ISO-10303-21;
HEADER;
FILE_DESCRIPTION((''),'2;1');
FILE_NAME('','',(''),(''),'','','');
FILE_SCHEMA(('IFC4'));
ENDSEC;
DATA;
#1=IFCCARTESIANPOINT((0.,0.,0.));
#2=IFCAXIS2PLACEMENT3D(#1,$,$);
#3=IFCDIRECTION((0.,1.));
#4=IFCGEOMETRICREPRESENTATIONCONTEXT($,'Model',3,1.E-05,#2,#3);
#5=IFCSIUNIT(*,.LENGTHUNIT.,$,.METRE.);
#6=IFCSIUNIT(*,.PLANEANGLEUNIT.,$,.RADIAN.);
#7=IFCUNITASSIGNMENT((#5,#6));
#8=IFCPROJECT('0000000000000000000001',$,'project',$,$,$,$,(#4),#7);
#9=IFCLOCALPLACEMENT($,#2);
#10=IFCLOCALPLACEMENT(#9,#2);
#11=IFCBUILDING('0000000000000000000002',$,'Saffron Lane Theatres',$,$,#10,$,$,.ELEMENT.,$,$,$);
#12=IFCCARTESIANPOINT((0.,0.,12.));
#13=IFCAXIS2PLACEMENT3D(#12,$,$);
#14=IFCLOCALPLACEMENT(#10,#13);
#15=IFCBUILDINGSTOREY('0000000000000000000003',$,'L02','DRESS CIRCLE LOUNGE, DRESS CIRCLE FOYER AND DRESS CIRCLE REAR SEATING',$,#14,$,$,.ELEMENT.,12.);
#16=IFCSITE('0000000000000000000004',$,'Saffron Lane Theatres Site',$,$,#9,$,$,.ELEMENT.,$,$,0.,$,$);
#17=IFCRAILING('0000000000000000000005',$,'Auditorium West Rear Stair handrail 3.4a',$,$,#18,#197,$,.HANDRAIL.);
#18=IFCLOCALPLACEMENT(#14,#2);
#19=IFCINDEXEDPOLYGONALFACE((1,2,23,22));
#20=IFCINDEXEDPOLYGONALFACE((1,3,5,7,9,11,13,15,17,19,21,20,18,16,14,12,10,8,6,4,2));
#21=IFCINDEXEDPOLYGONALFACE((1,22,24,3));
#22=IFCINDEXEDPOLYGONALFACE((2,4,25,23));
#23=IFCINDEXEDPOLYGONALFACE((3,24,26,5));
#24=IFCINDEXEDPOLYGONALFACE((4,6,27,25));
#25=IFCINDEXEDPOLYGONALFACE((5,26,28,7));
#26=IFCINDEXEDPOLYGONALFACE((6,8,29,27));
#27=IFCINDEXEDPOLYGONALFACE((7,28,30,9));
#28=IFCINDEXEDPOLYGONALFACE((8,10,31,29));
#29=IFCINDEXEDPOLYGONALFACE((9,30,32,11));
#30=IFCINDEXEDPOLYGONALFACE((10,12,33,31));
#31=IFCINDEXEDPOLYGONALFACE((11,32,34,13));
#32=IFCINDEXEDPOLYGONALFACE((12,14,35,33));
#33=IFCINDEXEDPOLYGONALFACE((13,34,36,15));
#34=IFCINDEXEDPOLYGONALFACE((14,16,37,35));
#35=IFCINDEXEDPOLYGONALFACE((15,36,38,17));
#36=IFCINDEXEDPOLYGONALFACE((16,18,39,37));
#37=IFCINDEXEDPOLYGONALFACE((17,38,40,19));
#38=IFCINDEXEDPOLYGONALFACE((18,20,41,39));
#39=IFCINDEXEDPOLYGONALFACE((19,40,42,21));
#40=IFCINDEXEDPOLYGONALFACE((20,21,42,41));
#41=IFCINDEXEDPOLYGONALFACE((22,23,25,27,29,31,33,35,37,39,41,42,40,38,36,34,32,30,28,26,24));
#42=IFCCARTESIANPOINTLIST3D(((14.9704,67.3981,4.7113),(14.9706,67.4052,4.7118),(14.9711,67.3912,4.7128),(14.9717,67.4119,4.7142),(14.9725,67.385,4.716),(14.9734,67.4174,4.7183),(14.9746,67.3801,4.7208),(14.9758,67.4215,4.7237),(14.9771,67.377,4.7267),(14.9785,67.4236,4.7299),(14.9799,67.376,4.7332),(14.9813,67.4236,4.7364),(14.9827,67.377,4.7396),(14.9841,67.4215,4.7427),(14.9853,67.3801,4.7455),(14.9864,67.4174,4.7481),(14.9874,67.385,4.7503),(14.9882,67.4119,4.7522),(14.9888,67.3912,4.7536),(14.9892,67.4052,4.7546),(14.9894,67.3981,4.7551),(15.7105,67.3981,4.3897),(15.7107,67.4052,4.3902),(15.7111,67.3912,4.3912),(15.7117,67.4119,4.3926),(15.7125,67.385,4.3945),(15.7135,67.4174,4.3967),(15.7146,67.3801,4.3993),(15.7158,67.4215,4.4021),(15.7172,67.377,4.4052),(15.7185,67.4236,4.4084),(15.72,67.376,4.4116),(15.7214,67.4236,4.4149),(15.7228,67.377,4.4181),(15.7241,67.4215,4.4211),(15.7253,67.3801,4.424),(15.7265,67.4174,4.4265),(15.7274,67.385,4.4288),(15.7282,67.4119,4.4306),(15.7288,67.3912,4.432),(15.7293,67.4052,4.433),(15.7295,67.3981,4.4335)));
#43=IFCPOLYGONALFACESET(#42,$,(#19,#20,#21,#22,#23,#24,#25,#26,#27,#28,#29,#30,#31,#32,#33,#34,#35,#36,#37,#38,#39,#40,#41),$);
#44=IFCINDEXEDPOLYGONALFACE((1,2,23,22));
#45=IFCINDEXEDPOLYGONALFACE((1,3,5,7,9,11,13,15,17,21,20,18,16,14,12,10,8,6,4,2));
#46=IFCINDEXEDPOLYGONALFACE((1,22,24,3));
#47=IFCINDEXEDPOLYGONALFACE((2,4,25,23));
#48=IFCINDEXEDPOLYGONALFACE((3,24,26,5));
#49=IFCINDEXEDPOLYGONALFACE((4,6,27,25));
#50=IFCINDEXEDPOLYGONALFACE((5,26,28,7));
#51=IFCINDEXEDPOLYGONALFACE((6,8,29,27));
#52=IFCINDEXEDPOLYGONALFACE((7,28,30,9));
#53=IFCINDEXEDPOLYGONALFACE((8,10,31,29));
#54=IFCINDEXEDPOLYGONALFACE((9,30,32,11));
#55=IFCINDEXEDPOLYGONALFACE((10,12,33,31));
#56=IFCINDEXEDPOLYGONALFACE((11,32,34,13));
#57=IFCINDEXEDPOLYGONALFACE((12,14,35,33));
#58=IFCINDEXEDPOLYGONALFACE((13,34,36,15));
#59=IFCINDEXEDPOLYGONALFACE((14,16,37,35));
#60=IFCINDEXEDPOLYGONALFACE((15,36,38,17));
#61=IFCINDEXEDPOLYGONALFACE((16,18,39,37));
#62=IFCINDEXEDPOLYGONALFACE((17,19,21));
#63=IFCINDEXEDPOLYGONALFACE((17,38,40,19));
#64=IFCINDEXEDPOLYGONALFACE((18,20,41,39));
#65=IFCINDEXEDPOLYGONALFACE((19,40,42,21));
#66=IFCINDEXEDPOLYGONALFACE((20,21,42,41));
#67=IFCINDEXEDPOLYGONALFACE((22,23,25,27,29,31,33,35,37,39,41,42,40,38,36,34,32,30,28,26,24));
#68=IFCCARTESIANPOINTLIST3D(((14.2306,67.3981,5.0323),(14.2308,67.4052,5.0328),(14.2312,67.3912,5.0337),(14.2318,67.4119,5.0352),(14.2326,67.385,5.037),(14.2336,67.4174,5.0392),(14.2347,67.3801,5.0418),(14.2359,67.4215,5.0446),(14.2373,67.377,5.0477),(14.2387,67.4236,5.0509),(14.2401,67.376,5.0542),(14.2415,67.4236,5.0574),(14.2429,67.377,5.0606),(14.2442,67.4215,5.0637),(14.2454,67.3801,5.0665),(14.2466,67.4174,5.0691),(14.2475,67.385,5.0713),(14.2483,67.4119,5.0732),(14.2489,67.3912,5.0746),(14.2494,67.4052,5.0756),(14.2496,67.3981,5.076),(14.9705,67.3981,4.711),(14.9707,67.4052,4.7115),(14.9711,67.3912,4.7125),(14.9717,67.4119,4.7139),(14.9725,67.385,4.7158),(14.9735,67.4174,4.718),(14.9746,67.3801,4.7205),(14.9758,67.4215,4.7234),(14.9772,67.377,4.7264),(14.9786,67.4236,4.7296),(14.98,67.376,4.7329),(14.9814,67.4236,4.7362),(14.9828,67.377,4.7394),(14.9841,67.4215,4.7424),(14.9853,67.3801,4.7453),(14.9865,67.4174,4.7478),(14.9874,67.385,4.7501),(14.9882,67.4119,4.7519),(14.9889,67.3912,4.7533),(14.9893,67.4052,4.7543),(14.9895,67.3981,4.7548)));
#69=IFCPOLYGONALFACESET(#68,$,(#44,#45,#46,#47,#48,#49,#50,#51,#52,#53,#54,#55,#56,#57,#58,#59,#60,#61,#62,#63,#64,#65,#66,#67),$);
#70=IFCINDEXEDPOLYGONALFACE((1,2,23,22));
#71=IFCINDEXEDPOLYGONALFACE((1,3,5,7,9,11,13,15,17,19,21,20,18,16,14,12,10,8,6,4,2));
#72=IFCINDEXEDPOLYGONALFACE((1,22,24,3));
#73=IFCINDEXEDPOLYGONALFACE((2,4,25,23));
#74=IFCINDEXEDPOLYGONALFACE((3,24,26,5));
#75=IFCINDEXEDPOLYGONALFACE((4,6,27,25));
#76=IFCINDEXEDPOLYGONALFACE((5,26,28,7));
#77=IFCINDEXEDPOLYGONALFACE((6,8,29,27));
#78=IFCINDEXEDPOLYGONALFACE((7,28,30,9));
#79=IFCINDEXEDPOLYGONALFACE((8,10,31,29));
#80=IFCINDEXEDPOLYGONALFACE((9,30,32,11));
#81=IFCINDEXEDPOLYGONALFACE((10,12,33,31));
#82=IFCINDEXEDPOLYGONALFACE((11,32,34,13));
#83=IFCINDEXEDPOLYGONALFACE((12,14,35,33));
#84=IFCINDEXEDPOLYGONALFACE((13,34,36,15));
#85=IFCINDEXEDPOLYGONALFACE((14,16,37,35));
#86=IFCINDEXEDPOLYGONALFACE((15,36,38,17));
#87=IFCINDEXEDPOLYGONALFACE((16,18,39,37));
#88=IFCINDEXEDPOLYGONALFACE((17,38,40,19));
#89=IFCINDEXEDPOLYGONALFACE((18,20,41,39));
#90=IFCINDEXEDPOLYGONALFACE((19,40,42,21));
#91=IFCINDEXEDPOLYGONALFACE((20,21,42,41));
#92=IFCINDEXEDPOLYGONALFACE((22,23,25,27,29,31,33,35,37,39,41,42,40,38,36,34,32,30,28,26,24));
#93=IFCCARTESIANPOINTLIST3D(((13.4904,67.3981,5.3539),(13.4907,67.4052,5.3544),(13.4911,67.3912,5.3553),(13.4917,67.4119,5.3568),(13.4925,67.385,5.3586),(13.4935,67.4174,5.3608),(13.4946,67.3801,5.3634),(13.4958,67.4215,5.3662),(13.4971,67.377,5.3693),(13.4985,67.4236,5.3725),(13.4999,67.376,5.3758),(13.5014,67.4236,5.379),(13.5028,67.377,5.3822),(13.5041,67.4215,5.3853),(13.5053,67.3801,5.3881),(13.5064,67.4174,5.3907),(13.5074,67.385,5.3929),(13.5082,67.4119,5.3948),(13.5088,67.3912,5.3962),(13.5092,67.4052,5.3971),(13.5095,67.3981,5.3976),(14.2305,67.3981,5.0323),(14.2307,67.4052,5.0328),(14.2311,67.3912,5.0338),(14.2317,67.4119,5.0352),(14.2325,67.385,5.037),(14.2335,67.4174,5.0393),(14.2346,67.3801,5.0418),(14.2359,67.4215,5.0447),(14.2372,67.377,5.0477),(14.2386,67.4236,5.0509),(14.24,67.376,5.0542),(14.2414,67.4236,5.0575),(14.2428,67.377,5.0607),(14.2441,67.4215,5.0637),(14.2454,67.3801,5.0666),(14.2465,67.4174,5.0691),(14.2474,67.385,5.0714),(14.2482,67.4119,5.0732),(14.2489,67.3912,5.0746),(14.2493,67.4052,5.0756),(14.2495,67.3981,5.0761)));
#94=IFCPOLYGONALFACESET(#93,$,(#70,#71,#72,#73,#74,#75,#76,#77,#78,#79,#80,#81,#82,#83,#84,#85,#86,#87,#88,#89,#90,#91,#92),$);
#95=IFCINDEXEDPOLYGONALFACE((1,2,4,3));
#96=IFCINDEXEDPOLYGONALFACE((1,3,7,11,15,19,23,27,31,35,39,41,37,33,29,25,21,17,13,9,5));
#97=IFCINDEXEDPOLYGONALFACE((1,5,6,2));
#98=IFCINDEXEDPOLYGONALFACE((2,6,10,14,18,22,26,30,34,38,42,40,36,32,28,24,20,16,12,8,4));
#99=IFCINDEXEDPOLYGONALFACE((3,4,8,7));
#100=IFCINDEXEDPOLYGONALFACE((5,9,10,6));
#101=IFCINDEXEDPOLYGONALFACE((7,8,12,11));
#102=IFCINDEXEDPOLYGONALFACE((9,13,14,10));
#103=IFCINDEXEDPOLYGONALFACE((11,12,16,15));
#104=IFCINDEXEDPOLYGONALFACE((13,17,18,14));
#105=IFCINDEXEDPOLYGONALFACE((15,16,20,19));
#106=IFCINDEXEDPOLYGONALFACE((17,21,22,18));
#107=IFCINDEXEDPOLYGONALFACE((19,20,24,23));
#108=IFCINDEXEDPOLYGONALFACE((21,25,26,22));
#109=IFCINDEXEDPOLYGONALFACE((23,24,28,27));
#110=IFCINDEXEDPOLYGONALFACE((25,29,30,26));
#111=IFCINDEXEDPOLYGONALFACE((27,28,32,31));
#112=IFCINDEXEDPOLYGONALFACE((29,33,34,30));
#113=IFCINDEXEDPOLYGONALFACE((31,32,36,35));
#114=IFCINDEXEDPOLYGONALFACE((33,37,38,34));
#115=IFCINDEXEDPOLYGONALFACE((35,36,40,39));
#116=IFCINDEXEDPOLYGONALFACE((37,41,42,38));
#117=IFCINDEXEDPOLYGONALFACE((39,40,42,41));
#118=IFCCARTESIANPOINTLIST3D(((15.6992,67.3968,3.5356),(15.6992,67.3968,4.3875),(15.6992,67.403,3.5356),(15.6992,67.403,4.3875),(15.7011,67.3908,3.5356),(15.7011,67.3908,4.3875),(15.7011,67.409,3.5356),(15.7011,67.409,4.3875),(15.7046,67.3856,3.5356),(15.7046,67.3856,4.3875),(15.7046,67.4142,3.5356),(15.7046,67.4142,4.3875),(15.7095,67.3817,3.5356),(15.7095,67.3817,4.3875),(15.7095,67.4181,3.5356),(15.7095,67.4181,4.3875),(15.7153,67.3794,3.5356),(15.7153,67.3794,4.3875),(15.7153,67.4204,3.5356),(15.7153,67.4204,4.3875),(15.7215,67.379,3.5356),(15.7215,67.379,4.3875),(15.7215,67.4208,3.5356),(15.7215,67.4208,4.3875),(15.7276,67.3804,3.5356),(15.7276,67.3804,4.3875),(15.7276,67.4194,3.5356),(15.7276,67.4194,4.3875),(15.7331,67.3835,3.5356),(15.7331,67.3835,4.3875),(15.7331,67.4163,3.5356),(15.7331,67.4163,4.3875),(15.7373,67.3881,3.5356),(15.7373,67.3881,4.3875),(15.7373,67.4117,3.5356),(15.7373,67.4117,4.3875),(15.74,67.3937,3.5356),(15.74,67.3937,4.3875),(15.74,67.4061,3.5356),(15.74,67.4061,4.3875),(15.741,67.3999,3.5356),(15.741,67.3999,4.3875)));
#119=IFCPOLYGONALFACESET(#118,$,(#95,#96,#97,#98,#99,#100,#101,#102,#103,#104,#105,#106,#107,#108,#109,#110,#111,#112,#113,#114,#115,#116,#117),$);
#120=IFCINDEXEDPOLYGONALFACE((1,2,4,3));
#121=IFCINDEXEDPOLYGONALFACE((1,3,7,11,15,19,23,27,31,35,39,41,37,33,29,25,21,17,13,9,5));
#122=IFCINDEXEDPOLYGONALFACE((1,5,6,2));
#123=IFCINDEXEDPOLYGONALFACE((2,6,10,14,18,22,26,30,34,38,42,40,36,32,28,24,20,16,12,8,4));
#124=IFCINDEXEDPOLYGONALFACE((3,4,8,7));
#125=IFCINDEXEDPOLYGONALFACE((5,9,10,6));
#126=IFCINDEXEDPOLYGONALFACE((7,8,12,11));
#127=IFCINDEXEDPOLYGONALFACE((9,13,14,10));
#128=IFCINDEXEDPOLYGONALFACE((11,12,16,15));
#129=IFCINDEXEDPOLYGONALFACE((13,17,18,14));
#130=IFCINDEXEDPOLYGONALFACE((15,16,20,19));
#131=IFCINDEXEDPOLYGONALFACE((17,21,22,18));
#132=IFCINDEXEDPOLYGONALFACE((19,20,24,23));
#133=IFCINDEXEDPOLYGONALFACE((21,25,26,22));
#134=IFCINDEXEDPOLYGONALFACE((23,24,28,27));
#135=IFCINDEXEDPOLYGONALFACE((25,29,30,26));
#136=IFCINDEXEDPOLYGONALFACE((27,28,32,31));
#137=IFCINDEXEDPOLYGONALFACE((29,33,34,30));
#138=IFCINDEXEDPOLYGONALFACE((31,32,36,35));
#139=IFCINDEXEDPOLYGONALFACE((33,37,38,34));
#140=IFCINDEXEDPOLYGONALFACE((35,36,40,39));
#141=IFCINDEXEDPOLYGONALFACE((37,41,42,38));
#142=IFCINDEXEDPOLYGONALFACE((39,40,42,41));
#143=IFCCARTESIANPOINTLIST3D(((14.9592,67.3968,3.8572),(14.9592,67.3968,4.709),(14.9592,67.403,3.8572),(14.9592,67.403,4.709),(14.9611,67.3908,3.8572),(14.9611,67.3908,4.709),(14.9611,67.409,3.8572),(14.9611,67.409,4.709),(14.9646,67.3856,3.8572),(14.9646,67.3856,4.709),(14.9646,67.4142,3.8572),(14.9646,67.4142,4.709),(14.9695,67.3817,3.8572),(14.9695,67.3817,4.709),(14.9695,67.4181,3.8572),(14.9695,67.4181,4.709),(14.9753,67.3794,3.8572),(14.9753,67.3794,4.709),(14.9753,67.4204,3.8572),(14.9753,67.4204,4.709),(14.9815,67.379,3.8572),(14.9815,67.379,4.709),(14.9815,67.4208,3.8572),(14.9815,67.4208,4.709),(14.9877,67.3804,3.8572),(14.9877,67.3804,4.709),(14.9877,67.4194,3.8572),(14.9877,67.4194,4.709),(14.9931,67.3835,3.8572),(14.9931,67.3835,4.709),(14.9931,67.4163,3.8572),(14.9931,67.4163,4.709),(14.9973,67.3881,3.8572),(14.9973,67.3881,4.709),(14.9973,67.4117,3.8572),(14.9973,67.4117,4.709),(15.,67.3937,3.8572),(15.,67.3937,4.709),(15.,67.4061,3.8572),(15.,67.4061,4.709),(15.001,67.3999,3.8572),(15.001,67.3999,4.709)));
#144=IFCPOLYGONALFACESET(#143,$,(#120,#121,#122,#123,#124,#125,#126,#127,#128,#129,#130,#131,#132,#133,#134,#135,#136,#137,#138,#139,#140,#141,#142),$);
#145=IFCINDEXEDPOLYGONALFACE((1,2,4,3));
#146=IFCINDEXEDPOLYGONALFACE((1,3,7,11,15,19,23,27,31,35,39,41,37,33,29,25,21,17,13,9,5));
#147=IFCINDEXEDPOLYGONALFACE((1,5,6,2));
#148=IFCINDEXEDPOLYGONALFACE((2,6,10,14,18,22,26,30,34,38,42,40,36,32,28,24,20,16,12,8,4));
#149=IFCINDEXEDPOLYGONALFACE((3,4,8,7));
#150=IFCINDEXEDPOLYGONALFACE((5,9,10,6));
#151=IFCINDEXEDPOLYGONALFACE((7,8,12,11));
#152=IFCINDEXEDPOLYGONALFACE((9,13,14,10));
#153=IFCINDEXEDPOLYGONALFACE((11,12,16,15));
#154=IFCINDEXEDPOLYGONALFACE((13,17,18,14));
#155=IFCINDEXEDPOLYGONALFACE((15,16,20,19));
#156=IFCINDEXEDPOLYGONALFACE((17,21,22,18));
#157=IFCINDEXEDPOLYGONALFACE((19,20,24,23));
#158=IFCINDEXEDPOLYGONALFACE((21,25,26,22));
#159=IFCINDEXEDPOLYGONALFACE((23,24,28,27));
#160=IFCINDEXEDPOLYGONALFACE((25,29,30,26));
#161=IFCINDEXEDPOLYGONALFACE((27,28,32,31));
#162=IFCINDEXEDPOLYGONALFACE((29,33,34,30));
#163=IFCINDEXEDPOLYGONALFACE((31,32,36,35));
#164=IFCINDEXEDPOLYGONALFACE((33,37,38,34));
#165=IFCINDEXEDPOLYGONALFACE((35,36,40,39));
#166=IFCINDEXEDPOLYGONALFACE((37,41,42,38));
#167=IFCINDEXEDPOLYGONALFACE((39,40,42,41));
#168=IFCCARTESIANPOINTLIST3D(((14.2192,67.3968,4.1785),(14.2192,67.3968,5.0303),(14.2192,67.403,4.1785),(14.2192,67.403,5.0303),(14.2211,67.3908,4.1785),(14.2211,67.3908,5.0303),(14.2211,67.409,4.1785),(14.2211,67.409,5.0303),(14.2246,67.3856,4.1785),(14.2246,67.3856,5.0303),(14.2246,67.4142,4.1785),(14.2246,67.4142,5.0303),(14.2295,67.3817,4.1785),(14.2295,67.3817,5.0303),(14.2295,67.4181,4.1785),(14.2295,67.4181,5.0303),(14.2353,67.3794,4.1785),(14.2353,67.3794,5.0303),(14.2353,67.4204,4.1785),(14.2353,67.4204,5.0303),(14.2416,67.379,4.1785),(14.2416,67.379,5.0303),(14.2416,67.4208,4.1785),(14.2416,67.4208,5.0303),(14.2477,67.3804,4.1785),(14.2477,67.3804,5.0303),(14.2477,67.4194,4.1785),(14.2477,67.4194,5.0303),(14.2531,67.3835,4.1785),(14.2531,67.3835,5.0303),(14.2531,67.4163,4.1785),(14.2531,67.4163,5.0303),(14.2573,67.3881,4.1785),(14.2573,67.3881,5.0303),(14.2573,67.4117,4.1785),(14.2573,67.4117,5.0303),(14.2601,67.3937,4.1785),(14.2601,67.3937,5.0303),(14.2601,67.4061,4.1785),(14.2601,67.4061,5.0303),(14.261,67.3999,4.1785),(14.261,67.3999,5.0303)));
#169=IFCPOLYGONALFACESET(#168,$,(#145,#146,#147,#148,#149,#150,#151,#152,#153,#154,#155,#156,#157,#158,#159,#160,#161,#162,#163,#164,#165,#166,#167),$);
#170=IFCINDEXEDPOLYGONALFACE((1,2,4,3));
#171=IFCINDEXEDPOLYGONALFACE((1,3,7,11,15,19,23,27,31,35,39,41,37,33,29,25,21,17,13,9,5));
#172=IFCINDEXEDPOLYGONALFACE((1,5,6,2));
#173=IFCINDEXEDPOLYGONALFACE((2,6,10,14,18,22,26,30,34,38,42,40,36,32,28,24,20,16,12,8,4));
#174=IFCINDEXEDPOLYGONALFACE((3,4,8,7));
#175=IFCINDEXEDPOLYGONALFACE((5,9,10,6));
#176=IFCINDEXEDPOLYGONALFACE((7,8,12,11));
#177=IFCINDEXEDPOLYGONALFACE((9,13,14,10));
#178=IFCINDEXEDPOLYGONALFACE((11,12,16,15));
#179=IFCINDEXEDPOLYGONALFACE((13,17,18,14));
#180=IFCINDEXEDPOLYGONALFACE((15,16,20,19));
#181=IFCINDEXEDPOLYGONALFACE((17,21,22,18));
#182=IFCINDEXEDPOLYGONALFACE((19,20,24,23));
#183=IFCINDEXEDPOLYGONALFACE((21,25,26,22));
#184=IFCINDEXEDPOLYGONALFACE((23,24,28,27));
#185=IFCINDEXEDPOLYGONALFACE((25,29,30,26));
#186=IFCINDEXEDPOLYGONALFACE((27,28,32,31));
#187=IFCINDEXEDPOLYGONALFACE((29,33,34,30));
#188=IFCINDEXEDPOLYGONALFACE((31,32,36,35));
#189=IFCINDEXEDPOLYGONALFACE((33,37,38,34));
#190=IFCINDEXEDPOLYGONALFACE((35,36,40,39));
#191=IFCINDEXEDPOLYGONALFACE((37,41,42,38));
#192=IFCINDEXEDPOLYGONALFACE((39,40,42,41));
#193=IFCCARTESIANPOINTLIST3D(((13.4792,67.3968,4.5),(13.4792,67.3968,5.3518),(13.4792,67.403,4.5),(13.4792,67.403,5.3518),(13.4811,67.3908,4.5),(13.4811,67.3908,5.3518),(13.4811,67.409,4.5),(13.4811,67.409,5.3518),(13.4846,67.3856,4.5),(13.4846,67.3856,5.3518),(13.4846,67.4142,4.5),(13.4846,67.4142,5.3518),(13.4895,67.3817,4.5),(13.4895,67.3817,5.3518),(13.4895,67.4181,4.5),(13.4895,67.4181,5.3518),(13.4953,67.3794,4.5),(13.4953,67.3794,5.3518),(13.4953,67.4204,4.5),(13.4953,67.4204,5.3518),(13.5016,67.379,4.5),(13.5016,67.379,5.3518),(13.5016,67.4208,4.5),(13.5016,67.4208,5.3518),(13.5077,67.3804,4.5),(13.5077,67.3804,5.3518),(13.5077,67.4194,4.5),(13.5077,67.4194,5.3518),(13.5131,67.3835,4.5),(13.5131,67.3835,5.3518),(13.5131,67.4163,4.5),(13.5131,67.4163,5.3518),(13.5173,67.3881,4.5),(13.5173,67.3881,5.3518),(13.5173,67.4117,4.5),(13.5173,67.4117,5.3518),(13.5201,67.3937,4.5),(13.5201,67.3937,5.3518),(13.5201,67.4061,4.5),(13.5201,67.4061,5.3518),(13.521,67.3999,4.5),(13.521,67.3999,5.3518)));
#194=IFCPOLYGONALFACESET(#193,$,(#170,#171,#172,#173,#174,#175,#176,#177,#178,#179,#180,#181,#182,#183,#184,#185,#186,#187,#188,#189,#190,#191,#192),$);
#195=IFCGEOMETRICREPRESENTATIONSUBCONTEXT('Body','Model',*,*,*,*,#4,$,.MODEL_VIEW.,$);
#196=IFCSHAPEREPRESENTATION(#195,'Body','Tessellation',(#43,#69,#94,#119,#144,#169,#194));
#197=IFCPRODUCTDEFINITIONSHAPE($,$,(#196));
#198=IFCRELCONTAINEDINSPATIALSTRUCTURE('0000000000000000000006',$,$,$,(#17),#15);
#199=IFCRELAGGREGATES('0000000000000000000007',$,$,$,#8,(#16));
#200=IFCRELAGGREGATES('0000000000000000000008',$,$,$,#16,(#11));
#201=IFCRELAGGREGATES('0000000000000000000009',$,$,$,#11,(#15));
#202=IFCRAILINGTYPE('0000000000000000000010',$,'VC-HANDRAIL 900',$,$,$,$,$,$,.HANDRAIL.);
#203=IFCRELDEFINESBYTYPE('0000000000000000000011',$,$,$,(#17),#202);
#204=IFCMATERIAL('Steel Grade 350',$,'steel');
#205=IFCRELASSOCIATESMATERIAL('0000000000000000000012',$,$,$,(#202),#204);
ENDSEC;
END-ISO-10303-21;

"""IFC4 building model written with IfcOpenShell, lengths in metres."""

from ifc_helpers import new_model, si_unit, direction, frame, origin, origin_2d, place, context, subcontext, project, spatial, circle, extrude, material, type_object, element, save


model = new_model("IFC4")

# Units and contexts
model_context = context("Model", 3, precision=1e-05, world=origin(), true_north=direction((0.0, 1.0)))
body_context = subcontext(model_context, "Body", "Model", "MODEL_VIEW")
ifc_project = project(units=[si_unit("LENGTHUNIT", "METRE"), si_unit("PLANEANGLEUNIT", "RADIAN")], contexts=[model_context])

# Site, building, storey
site_placement = place(None, origin())
site = spatial("IfcSite", under=ifc_project, at=site_placement, Name="Saffron Lane Theatres Site", CompositionType="ELEMENT", RefElevation=0.0)
building_placement = place(site_placement, origin())
building = spatial("IfcBuilding", under=site, at=building_placement, Name="Saffron Lane Theatres", CompositionType="ELEMENT")
storey_placement = place(building_placement, frame((0.0, 0.0, 12.0)))
storey = spatial("IfcBuildingStorey", under=building, at=storey_placement, Name="L02", Description="DRESS CIRCLE LOUNGE, DRESS CIRCLE FOYER AND DRESS CIRCLE REAR SEATING", CompositionType="ELEMENT", Elevation=12.0)

# Railing
ifc_material_1 = material(Name="Steel Grade 350", Category="steel")
railing_type_1 = type_object("IfcRailingType", Name="VC-HANDRAIL 900", PredefinedType="HANDRAIL", material=ifc_material_1)
for number, where, name in (
    (1, (15.72, 67.3999, 3.5356), "Auditorium West Rear Stair handrail 3.4a"),
):
    element("IfcRailing", number, at=place(storey_placement, frame(where)), inside=storey, type_object=railing_type_1, Name=name, PredefinedType="HANDRAIL", context=body_context, shape_type="SweptSolid", body=[
        extrude(circle(Radius=0.0239, at=origin_2d()), frame((0.0, 0.0, 0.876), z_axis=(-0.917161, 0.0, 0.398516), x_axis=(0.0, -1.0, 0.0)), (0.0, 0.0, 1.0), 0.8069),
        extrude(circle(Radius=0.0239, at=origin_2d()), frame((-0.74, 0.0, 1.1973), z_axis=(-0.917272, 0.0, 0.398261), x_axis=(0.0, -1.0, 0.0)), (0.0, 0.0, 1.0), 0.8066),
        extrude(circle(Radius=0.0239, at=origin_2d()), frame((-1.48, 0.0, 1.5186), z_axis=(-0.917161, 0.0, 0.398516), x_axis=(0.0, -1.0, 0.0)), (0.0, 0.0, 1.0), 0.8069),
        extrude(circle(Radius=0.021, at=origin_2d()), origin(), (0.0, 0.0, 1.0), 0.8518),
        extrude(circle(Radius=0.021, at=origin_2d()), frame((-0.74, 0.0, 0.3215)), (0.0, 0.0, 1.0), 0.8518),
        extrude(circle(Radius=0.021, at=origin_2d()), frame((-1.48, 0.0, 0.6428)), (0.0, 0.0, 1.0), 0.8518),
        extrude(circle(Radius=0.021, at=origin_2d()), frame((-2.22, 0.0, 0.9644)), (0.0, 0.0, 1.0), 0.8518),
    ])

save(model, "model.ifc")
